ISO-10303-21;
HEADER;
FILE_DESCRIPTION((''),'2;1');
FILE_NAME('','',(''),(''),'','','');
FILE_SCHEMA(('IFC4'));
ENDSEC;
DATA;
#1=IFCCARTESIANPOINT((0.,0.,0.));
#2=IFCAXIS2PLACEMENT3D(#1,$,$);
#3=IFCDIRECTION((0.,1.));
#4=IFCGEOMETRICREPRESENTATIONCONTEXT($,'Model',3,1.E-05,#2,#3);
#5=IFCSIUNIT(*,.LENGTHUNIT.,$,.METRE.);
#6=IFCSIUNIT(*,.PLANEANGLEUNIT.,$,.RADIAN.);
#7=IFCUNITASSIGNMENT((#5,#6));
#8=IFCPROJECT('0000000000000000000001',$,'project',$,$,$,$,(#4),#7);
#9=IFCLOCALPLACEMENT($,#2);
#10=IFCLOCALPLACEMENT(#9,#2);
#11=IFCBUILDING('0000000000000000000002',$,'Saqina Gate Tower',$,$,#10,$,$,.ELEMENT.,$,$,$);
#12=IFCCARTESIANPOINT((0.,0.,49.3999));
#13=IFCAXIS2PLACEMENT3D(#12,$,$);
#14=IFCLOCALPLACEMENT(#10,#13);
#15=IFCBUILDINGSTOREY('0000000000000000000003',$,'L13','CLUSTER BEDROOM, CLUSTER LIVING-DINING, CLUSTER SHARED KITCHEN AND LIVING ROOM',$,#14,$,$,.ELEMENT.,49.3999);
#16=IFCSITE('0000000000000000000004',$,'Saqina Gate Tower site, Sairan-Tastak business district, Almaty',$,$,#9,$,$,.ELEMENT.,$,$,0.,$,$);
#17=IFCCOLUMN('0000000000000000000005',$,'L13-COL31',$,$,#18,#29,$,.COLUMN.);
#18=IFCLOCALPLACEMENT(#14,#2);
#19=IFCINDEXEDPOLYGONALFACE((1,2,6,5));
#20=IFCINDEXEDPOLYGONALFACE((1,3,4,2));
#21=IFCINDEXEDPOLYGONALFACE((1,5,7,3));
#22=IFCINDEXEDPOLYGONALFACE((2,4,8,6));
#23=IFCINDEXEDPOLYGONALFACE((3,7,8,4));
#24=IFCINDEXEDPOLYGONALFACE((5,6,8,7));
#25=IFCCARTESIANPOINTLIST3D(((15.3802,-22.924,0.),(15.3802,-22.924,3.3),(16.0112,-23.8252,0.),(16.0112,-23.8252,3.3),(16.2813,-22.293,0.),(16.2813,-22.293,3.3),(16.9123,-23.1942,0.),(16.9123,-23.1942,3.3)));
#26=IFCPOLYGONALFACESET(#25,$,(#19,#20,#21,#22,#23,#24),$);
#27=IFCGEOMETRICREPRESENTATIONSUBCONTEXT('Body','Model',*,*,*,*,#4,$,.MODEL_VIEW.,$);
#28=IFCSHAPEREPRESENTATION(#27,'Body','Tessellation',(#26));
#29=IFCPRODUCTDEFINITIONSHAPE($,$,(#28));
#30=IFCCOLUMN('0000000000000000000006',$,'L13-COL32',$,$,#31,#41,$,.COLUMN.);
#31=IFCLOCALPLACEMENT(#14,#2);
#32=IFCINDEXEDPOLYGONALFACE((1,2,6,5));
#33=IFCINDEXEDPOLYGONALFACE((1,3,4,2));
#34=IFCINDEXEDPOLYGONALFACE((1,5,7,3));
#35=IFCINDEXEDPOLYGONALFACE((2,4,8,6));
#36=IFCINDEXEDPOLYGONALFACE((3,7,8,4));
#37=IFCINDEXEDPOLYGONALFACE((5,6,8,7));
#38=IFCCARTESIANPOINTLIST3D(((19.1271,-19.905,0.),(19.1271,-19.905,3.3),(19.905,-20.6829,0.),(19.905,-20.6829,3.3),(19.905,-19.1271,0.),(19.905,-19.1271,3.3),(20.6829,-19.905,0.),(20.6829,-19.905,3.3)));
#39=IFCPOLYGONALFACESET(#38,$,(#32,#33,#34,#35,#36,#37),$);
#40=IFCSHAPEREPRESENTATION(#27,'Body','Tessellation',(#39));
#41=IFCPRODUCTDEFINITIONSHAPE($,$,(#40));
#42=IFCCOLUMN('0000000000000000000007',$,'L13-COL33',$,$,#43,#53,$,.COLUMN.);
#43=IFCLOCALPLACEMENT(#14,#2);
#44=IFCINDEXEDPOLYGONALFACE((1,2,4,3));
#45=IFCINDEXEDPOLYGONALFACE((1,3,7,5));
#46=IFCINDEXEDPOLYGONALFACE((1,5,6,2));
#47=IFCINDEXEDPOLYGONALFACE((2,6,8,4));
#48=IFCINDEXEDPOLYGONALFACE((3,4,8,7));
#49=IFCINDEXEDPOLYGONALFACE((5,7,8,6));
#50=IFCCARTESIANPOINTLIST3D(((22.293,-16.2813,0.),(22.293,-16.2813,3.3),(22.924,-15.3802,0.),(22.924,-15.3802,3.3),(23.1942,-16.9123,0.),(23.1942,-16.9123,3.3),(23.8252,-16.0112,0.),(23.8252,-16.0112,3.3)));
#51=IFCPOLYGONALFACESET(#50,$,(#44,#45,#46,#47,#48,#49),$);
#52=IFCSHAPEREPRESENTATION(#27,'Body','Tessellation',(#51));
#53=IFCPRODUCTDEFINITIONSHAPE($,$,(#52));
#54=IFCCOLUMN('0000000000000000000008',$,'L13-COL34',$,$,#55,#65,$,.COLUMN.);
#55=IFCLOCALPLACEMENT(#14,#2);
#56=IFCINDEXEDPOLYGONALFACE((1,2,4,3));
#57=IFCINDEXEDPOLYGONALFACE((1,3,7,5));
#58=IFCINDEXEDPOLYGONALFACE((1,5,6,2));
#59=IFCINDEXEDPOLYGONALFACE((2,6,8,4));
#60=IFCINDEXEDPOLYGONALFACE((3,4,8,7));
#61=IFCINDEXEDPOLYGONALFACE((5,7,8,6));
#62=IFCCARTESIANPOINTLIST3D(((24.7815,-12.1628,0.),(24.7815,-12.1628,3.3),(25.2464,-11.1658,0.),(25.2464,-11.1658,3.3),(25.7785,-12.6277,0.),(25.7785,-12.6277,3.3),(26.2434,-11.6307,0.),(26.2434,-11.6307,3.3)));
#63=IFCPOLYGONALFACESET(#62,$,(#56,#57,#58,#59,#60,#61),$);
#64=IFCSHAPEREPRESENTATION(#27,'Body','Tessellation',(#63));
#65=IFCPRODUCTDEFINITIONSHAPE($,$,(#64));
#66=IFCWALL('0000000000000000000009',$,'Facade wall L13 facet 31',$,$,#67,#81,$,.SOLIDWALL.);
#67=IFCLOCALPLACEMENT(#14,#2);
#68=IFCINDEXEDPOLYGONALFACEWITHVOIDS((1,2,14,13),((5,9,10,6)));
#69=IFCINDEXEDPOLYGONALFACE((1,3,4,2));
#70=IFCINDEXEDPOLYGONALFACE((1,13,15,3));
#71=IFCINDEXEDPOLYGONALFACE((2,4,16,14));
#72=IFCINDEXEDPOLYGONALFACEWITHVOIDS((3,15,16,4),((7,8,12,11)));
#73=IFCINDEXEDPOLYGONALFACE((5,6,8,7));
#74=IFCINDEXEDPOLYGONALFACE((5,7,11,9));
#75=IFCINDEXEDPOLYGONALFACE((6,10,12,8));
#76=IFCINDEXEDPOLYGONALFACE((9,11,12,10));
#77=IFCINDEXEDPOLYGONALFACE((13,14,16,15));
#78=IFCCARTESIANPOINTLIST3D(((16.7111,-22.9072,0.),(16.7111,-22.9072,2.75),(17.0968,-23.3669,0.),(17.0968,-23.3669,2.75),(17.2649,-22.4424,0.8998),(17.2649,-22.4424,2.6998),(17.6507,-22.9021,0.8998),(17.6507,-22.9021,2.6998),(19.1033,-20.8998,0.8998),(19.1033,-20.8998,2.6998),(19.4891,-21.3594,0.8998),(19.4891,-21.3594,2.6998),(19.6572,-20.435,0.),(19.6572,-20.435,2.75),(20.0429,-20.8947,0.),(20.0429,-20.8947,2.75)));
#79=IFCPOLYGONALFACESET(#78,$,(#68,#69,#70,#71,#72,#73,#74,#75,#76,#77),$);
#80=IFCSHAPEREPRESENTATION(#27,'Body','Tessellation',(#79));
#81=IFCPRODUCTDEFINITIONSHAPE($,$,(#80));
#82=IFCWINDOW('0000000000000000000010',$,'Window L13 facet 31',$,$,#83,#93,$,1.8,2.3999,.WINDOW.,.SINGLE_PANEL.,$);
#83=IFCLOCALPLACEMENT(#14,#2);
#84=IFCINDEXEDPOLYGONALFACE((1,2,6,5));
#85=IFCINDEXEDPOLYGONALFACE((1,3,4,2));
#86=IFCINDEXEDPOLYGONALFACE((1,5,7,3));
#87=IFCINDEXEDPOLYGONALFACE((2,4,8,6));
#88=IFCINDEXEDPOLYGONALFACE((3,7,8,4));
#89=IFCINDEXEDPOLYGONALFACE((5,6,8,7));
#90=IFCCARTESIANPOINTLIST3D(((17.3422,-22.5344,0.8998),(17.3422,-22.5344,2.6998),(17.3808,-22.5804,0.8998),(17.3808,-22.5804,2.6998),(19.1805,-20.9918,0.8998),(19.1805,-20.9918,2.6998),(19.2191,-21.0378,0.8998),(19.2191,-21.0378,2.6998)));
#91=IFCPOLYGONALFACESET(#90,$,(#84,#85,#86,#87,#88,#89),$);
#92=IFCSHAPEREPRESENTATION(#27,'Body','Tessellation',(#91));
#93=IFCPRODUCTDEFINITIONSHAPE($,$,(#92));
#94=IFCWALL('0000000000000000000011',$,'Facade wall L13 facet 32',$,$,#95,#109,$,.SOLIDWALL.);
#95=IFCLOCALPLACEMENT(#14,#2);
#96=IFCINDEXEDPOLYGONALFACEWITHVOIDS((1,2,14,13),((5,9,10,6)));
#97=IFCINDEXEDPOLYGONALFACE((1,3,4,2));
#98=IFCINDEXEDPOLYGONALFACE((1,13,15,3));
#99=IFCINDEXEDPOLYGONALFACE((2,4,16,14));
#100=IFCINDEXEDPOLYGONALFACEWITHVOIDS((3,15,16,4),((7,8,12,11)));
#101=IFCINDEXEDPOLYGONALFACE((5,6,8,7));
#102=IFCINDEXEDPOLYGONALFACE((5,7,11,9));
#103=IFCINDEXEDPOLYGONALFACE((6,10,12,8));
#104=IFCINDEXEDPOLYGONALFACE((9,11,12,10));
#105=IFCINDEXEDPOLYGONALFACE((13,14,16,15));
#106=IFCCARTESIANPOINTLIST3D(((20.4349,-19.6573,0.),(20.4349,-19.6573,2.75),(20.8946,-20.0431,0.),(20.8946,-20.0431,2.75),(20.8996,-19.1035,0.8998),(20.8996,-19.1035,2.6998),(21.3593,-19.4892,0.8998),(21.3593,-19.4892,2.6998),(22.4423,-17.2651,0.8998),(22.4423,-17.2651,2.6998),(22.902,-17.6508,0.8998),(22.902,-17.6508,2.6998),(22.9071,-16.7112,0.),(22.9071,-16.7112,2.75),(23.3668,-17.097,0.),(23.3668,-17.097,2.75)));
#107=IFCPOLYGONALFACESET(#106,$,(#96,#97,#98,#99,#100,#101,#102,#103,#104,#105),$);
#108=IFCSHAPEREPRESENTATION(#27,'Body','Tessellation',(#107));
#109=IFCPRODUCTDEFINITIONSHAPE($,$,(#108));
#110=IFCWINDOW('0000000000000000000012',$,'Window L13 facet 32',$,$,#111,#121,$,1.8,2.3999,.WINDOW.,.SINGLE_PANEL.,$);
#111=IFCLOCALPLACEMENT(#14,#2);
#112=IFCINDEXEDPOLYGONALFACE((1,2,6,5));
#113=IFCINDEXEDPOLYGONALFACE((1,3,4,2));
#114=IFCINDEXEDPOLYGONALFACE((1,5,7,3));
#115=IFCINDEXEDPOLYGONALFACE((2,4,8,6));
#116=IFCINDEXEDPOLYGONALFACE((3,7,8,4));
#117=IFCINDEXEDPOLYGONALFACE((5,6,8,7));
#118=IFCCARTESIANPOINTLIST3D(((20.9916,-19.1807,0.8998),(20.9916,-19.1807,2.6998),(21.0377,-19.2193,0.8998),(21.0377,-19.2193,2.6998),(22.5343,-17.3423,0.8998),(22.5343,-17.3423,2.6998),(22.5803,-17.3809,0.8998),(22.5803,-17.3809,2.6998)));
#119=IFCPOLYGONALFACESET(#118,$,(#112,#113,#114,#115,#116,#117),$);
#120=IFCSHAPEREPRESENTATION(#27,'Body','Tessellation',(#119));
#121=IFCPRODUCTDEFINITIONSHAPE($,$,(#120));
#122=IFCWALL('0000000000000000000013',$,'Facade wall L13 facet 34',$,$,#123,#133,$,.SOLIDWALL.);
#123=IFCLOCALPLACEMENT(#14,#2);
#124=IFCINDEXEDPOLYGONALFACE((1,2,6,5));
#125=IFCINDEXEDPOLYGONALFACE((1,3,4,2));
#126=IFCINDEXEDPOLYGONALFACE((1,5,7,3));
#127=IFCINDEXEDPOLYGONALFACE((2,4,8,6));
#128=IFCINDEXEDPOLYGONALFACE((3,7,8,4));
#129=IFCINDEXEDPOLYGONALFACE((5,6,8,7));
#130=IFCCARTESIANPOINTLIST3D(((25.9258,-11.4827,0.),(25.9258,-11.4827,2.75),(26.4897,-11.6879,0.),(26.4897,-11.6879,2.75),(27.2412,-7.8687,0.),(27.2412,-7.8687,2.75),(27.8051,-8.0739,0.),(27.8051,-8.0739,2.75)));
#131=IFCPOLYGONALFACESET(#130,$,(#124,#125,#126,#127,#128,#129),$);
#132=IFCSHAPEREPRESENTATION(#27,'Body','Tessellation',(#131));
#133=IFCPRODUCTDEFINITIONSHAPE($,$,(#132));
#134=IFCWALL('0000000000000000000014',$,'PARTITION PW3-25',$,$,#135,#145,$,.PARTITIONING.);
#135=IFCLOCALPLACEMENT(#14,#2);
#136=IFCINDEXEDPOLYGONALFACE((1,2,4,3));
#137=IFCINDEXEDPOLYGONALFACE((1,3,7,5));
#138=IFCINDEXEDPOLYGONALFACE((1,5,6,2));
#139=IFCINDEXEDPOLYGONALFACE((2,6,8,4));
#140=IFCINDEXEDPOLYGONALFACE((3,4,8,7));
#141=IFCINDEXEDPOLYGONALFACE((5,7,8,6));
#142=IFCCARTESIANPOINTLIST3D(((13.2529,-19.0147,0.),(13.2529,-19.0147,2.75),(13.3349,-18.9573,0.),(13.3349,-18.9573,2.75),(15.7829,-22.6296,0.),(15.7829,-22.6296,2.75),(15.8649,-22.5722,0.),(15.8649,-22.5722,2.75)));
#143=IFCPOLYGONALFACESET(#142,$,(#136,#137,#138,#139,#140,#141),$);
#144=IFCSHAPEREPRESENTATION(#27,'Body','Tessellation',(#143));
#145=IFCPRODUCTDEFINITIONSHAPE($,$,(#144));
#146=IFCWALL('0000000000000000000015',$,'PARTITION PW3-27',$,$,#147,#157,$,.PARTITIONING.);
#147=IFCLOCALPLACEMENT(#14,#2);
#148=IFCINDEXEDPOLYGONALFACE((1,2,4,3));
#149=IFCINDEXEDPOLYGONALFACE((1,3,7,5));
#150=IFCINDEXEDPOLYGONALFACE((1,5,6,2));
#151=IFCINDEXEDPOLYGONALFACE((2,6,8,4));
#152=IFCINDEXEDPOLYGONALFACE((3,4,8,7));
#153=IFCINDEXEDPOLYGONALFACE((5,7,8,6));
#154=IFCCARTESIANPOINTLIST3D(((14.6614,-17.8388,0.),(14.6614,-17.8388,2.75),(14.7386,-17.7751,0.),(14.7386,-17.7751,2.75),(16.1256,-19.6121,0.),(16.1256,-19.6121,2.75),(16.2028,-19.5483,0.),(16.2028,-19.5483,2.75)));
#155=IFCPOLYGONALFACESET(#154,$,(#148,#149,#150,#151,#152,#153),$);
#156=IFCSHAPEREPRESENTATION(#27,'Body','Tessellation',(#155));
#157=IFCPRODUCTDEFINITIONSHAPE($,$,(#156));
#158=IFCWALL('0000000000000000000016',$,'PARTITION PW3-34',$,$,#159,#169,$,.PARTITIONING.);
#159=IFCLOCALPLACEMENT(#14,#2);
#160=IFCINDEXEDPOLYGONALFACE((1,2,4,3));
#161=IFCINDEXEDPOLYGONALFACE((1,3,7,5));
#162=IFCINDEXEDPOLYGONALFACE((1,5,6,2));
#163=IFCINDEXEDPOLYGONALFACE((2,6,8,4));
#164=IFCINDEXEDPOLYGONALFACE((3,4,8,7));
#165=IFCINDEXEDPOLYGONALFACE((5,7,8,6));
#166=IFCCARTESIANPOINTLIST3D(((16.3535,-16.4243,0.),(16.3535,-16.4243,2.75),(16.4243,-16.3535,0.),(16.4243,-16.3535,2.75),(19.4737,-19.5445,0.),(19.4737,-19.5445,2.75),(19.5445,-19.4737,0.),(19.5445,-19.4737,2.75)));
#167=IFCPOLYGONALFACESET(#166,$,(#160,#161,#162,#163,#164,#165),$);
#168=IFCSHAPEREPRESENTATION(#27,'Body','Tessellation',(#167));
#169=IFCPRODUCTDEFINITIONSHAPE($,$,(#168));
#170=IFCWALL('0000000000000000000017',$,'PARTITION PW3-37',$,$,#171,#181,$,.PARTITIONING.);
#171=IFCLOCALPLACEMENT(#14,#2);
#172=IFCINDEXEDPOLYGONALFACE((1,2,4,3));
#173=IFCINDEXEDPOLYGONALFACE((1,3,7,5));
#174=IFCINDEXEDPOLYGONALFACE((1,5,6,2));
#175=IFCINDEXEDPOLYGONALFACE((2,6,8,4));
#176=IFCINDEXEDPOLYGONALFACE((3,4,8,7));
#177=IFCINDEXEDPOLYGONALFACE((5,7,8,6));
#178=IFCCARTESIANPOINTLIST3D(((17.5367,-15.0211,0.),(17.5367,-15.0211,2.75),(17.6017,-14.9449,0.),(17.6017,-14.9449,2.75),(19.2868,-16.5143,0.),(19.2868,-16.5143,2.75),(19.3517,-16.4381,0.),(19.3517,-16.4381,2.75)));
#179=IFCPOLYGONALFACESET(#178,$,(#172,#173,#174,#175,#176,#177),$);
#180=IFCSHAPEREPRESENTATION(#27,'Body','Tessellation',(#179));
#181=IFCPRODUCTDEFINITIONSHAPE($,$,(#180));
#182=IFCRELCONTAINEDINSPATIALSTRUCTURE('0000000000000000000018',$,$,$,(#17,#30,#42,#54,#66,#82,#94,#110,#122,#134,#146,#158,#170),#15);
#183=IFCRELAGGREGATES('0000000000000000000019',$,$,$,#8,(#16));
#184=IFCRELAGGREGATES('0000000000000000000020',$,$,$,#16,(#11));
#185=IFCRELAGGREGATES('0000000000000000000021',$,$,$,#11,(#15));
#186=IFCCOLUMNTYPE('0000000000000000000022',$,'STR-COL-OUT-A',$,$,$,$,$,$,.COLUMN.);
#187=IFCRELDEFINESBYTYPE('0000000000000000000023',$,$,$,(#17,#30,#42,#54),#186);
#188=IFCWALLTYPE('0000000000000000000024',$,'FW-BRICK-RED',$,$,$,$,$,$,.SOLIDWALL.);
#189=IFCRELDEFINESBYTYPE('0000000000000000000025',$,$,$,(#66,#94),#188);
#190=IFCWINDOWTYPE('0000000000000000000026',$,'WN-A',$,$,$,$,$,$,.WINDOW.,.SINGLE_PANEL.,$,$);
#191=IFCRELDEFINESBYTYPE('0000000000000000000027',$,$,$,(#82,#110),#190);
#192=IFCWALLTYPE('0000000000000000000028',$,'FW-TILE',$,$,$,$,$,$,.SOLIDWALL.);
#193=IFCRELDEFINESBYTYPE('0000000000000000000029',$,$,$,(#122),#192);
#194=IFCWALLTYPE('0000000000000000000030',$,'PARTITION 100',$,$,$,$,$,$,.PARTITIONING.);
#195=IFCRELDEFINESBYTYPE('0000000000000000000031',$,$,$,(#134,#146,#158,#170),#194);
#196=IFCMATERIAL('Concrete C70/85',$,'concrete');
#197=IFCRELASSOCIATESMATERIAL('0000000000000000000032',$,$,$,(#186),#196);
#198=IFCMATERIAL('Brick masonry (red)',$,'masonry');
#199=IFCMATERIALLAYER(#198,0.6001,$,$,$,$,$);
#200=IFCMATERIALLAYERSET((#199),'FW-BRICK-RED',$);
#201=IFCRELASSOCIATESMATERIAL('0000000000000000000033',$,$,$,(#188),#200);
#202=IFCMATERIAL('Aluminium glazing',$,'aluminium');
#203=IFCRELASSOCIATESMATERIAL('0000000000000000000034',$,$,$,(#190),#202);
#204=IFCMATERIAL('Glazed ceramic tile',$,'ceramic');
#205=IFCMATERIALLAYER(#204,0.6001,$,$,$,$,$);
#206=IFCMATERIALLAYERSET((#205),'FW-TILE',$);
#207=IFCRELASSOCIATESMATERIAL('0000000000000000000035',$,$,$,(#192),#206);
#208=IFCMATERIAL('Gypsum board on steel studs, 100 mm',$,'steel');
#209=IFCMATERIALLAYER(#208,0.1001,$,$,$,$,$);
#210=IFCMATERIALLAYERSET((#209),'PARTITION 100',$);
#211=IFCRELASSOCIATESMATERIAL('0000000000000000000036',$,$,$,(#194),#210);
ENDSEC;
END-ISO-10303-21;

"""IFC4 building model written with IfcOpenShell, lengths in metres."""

from ifc_helpers import new_model, si_unit, direction, frame, frame_2d, origin, origin_2d, place, context, subcontext, project, spatial, rectangle, extrude, material, layer, layer_set, material_profile, profile_set, type_object, element, fill, save


model = new_model("IFC4")

# Units and contexts
model_context = context("Model", 3, precision=1e-05, world=origin(), true_north=direction((0.0, 1.0)))
body_context = subcontext(model_context, "Body", "Model", "MODEL_VIEW")
ifc_project = project(units=[si_unit("LENGTHUNIT", "METRE"), si_unit("PLANEANGLEUNIT", "RADIAN")], contexts=[model_context])

# Site, building, storey
site_placement = place(None, origin())
site = spatial("IfcSite", under=ifc_project, at=site_placement, Name="Saqina Gate Tower site, Sairan-Tastak business district, Almaty", CompositionType="ELEMENT", RefElevation=0.0)
building_placement = place(site_placement, origin())
building = spatial("IfcBuilding", under=site, at=building_placement, Name="Saqina Gate Tower", CompositionType="ELEMENT")
storey_placement = place(building_placement, frame((0.0, 0.0, 49.3999)))
storey = spatial("IfcBuildingStorey", under=building, at=storey_placement, Name="L13", Description="CLUSTER BEDROOM, CLUSTER LIVING-DINING, CLUSTER SHARED KITCHEN AND LIVING ROOM", CompositionType="ELEMENT", Elevation=49.3999)

# Columns
ifc_material_1 = material(Name="Concrete C70/85", Category="concrete")
ifc_material_profile = material_profile(ifc_material_1, rectangle(XDim=1.1001, YDim=1.1001, at=origin_2d()), Name="RC 1100x1100")
ifc_profile_set = profile_set([ifc_material_profile], Name="Concrete C70/85")
column_type = type_object("IfcColumnType", Name="STR-COL-OUT-A", PredefinedType="COLUMN", material=ifc_profile_set)
for number, where, z_axis, x_axis, name in (
    (1, (16.1462, -23.0591, 0.0), (0.0, 0.0, 1.0), (0.573576, -0.819152, 0.0), "L13-COL31"),
    (2, (19.905, -19.905, 0.0), (0.0, 0.0, 1.0), (0.707107, -0.707107, 0.0), "L13-COL32"),
    (3, (23.0591, -16.1462, 0.0), (0.0, 0.0, 1.0), (0.819152, -0.573576, 0.0), "L13-COL33"),
    (4, (25.5125, -11.8967, 0.0), (0.0, 0.0, 1.0), (0.906308, -0.422618, 0.0), "L13-COL34"),
):
    element("IfcColumn", number, at=place(storey_placement, frame(where, z_axis=z_axis, x_axis=x_axis)), inside=storey, type_object=column_type, Name=name, PredefinedType="COLUMN", context=body_context, shape_type="SweptSolid", body=[
        extrude(rectangle(XDim=1.1001, YDim=1.1001, at=origin_2d()), origin(), (0.0, 0.0, 1.0), 3.3),
    ])

# Walls, openings, windows
ifc_material_2 = material(Name="Brick masonry (red)", Category="masonry")
ifc_layer_1 = layer(ifc_material_2, 0.6001)
ifc_layer_set_1 = layer_set([ifc_layer_1], Name="FW-BRICK-RED")
wall_type_1 = type_object("IfcWallType", Name="FW-BRICK-RED", PredefinedType="SOLIDWALL", material=ifc_layer_set_1)
wall_1_placement = place(storey_placement, frame((16.9041, -23.137, 0.0), z_axis=(0.0, 0.0, 1.0), x_axis=(0.766026, 0.642809, 0.0)))
wall_1 = element("IfcWall", 5, at=wall_1_placement, inside=storey, type_object=wall_type_1, Name="Facade wall L13 facet 31", PredefinedType="SOLIDWALL", context=body_context, shape_type="SweptSolid", body=[
    extrude(rectangle(XDim=3.8459, YDim=0.6001, at=frame_2d((1.9229, 0.0))), origin(), (0.0, 0.0, 1.0), 2.75),
])
opening_1_placement = place(wall_1_placement, frame((0.7229, 0.0, 0.8999)))
opening_1 = element("IfcOpeningElement", 6, at=opening_1_placement, cuts=wall_1, PredefinedType="OPENING", context=body_context, shape_type="SweptSolid", body=[
    extrude(rectangle(XDim=2.3999, YDim=1.8, at=frame_2d((1.2, 0.8999))), frame((0.0, 0.312, 0.0), z_axis=(0.0, -1.0, 0.0), x_axis=(1.0, 0.0, 0.0)), (0.0, 0.0, 1.0), 0.624),
])
ifc_material_3 = material(Name="Aluminium glazing", Category="aluminium")
window_type = type_object("IfcWindowType", Name="WN-A", PartitioningType="SINGLE_PANEL", PredefinedType="WINDOW", material=ifc_material_3)
window_1_placement = place(opening_1_placement, origin())
window_1 = element("IfcWindow", 7, at=window_1_placement, inside=storey, type_object=window_type, Name="Window L13 facet 31", OverallHeight=1.8, OverallWidth=2.3999, PartitioningType="SINGLE_PANEL", PredefinedType="WINDOW", context=body_context, shape_type="SweptSolid", body=[
    extrude(rectangle(XDim=2.3999, YDim=1.8, at=frame_2d((1.2, 0.8999))), frame((0.0, 0.1799, 0.0), z_axis=(0.0, -1.0, 0.0), x_axis=(1.0, 0.0, 0.0)), (0.0, 0.0, 1.0), 0.0601),
])
fill(opening_1, window_1)
wall_2_placement = place(storey_placement, frame((20.6648, -19.8501, 0.0), z_axis=(0.0, 0.0, 1.0), x_axis=(0.642809, 0.766026, 0.0)))
wall_2 = element("IfcWall", 8, at=wall_2_placement, inside=storey, type_object=wall_type_1, Name="Facade wall L13 facet 32", PredefinedType="SOLIDWALL", context=body_context, shape_type="SweptSolid", body=[
    extrude(rectangle(XDim=3.8459, YDim=0.6001, at=frame_2d((1.9229, 0.0))), origin(), (0.0, 0.0, 1.0), 2.75),
])
opening_2_placement = place(wall_2_placement, frame((0.7229, 0.0, 0.8999)))
opening_2 = element("IfcOpeningElement", 9, at=opening_2_placement, cuts=wall_2, PredefinedType="OPENING", context=body_context, shape_type="SweptSolid", body=[
    extrude(rectangle(XDim=2.3999, YDim=1.8, at=frame_2d((1.2, 0.8999))), frame((0.0, 0.312, 0.0), z_axis=(0.0, -1.0, 0.0), x_axis=(1.0, 0.0, 0.0)), (0.0, 0.0, 1.0), 0.624),
])
window_2_placement = place(opening_2_placement, origin())
window_2 = element("IfcWindow", 10, at=window_2_placement, inside=storey, type_object=window_type, Name="Window L13 facet 32", OverallHeight=1.8, OverallWidth=2.3999, PartitioningType="SINGLE_PANEL", PredefinedType="WINDOW", context=body_context, shape_type="SweptSolid", body=[
    extrude(rectangle(XDim=2.3999, YDim=1.8, at=frame_2d((1.2, 0.8999))), frame((0.0, 0.1799, 0.0), z_axis=(0.0, -1.0, 0.0), x_axis=(1.0, 0.0, 0.0)), (0.0, 0.0, 1.0), 0.0601),
])
fill(opening_2, window_2)

# Walls
ifc_material_4 = material(Name="Glazed ceramic tile", Category="ceramic")
ifc_layer_2 = layer(ifc_material_4, 0.6001)
ifc_layer_set_2 = layer_set([ifc_layer_2], Name="FW-TILE")
wall_type_2 = type_object("IfcWallType", Name="FW-TILE", PredefinedType="SOLIDWALL", material=ifc_layer_set_2)
wall_3_placement = place(storey_placement, frame((26.2078, -11.5852, 0.0), z_axis=(0.0, 0.0, 1.0), x_axis=(0.342028, 0.93969, 0.0)))
element("IfcWall", 11, at=wall_3_placement, inside=storey, type_object=wall_type_2, Name="Facade wall L13 facet 34", PredefinedType="SOLIDWALL", context=body_context, shape_type="SweptSolid", body=[
    extrude(rectangle(XDim=3.8459, YDim=0.6001, at=frame_2d((1.9229, 0.0))), origin(), (0.0, 0.0, 1.0), 2.75),
])
ifc_material_5 = material(Name="Gypsum board on steel studs, 100 mm", Category="steel")
ifc_layer_3 = layer(ifc_material_5, 0.1001)
ifc_layer_set_3 = layer_set([ifc_layer_3], Name="PARTITION 100")
wall_type_3 = type_object("IfcWallType", Name="PARTITION 100", PredefinedType="PARTITIONING", material=ifc_layer_set_3)
wall_4_placement = place(storey_placement, frame((13.2939, -18.9861, 0.0), z_axis=(0.0, 0.0, 1.0), x_axis=(0.573392, -0.819281, 0.0)))
element("IfcWall", 12, at=wall_4_placement, inside=storey, type_object=wall_type_3, Name="PARTITION PW3-25", PredefinedType="PARTITIONING", context=body_context, shape_type="SweptSolid", body=[
    extrude(rectangle(XDim=4.4124, YDim=0.1001, at=frame_2d((2.2061, 0.0))), origin(), (0.0, 0.0, 1.0), 2.75),
])
wall_5_placement = place(storey_placement, frame((14.7, -17.8069, 0.0), z_axis=(0.0, 0.0, 1.0), x_axis=(0.6367, -0.771111, 0.0)))
element("IfcWall", 13, at=wall_5_placement, inside=storey, type_object=wall_type_3, Name="PARTITION PW3-27", PredefinedType="PARTITIONING", context=body_context, shape_type="SweptSolid", body=[
    extrude(rectangle(XDim=2.2996, YDim=0.1001, at=frame_2d((1.1499, 0.0))), origin(), (0.0, 0.0, 1.0), 2.75),
])
wall_6_placement = place(storey_placement, frame((16.3889, -16.3889, 0.0), z_axis=(0.0, 0.0, 1.0), x_axis=(0.707107, -0.707107, 0.0)))
element("IfcWall", 14, at=wall_6_placement, inside=storey, type_object=wall_type_3, Name="PARTITION PW3-34", PredefinedType="PARTITIONING", context=body_context, shape_type="SweptSolid", body=[
    extrude(rectangle(XDim=4.4126, YDim=0.1001, at=frame_2d((2.2063, 0.0))), origin(), (0.0, 0.0, 1.0), 2.75),
])
wall_7_placement = place(storey_placement, frame((17.5691, -14.9829, 0.0), z_axis=(0.0, 0.0, 1.0), x_axis=(0.760723, -0.649077, 0.0)))
element("IfcWall", 15, at=wall_7_placement, inside=storey, type_object=wall_type_3, Name="PARTITION PW3-37", PredefinedType="PARTITIONING", context=body_context, shape_type="SweptSolid", body=[
    extrude(rectangle(XDim=2.3005, YDim=0.1001, at=frame_2d((1.1504, 0.0))), origin(), (0.0, 0.0, 1.0), 2.75),
])

save(model, "model.ifc")
